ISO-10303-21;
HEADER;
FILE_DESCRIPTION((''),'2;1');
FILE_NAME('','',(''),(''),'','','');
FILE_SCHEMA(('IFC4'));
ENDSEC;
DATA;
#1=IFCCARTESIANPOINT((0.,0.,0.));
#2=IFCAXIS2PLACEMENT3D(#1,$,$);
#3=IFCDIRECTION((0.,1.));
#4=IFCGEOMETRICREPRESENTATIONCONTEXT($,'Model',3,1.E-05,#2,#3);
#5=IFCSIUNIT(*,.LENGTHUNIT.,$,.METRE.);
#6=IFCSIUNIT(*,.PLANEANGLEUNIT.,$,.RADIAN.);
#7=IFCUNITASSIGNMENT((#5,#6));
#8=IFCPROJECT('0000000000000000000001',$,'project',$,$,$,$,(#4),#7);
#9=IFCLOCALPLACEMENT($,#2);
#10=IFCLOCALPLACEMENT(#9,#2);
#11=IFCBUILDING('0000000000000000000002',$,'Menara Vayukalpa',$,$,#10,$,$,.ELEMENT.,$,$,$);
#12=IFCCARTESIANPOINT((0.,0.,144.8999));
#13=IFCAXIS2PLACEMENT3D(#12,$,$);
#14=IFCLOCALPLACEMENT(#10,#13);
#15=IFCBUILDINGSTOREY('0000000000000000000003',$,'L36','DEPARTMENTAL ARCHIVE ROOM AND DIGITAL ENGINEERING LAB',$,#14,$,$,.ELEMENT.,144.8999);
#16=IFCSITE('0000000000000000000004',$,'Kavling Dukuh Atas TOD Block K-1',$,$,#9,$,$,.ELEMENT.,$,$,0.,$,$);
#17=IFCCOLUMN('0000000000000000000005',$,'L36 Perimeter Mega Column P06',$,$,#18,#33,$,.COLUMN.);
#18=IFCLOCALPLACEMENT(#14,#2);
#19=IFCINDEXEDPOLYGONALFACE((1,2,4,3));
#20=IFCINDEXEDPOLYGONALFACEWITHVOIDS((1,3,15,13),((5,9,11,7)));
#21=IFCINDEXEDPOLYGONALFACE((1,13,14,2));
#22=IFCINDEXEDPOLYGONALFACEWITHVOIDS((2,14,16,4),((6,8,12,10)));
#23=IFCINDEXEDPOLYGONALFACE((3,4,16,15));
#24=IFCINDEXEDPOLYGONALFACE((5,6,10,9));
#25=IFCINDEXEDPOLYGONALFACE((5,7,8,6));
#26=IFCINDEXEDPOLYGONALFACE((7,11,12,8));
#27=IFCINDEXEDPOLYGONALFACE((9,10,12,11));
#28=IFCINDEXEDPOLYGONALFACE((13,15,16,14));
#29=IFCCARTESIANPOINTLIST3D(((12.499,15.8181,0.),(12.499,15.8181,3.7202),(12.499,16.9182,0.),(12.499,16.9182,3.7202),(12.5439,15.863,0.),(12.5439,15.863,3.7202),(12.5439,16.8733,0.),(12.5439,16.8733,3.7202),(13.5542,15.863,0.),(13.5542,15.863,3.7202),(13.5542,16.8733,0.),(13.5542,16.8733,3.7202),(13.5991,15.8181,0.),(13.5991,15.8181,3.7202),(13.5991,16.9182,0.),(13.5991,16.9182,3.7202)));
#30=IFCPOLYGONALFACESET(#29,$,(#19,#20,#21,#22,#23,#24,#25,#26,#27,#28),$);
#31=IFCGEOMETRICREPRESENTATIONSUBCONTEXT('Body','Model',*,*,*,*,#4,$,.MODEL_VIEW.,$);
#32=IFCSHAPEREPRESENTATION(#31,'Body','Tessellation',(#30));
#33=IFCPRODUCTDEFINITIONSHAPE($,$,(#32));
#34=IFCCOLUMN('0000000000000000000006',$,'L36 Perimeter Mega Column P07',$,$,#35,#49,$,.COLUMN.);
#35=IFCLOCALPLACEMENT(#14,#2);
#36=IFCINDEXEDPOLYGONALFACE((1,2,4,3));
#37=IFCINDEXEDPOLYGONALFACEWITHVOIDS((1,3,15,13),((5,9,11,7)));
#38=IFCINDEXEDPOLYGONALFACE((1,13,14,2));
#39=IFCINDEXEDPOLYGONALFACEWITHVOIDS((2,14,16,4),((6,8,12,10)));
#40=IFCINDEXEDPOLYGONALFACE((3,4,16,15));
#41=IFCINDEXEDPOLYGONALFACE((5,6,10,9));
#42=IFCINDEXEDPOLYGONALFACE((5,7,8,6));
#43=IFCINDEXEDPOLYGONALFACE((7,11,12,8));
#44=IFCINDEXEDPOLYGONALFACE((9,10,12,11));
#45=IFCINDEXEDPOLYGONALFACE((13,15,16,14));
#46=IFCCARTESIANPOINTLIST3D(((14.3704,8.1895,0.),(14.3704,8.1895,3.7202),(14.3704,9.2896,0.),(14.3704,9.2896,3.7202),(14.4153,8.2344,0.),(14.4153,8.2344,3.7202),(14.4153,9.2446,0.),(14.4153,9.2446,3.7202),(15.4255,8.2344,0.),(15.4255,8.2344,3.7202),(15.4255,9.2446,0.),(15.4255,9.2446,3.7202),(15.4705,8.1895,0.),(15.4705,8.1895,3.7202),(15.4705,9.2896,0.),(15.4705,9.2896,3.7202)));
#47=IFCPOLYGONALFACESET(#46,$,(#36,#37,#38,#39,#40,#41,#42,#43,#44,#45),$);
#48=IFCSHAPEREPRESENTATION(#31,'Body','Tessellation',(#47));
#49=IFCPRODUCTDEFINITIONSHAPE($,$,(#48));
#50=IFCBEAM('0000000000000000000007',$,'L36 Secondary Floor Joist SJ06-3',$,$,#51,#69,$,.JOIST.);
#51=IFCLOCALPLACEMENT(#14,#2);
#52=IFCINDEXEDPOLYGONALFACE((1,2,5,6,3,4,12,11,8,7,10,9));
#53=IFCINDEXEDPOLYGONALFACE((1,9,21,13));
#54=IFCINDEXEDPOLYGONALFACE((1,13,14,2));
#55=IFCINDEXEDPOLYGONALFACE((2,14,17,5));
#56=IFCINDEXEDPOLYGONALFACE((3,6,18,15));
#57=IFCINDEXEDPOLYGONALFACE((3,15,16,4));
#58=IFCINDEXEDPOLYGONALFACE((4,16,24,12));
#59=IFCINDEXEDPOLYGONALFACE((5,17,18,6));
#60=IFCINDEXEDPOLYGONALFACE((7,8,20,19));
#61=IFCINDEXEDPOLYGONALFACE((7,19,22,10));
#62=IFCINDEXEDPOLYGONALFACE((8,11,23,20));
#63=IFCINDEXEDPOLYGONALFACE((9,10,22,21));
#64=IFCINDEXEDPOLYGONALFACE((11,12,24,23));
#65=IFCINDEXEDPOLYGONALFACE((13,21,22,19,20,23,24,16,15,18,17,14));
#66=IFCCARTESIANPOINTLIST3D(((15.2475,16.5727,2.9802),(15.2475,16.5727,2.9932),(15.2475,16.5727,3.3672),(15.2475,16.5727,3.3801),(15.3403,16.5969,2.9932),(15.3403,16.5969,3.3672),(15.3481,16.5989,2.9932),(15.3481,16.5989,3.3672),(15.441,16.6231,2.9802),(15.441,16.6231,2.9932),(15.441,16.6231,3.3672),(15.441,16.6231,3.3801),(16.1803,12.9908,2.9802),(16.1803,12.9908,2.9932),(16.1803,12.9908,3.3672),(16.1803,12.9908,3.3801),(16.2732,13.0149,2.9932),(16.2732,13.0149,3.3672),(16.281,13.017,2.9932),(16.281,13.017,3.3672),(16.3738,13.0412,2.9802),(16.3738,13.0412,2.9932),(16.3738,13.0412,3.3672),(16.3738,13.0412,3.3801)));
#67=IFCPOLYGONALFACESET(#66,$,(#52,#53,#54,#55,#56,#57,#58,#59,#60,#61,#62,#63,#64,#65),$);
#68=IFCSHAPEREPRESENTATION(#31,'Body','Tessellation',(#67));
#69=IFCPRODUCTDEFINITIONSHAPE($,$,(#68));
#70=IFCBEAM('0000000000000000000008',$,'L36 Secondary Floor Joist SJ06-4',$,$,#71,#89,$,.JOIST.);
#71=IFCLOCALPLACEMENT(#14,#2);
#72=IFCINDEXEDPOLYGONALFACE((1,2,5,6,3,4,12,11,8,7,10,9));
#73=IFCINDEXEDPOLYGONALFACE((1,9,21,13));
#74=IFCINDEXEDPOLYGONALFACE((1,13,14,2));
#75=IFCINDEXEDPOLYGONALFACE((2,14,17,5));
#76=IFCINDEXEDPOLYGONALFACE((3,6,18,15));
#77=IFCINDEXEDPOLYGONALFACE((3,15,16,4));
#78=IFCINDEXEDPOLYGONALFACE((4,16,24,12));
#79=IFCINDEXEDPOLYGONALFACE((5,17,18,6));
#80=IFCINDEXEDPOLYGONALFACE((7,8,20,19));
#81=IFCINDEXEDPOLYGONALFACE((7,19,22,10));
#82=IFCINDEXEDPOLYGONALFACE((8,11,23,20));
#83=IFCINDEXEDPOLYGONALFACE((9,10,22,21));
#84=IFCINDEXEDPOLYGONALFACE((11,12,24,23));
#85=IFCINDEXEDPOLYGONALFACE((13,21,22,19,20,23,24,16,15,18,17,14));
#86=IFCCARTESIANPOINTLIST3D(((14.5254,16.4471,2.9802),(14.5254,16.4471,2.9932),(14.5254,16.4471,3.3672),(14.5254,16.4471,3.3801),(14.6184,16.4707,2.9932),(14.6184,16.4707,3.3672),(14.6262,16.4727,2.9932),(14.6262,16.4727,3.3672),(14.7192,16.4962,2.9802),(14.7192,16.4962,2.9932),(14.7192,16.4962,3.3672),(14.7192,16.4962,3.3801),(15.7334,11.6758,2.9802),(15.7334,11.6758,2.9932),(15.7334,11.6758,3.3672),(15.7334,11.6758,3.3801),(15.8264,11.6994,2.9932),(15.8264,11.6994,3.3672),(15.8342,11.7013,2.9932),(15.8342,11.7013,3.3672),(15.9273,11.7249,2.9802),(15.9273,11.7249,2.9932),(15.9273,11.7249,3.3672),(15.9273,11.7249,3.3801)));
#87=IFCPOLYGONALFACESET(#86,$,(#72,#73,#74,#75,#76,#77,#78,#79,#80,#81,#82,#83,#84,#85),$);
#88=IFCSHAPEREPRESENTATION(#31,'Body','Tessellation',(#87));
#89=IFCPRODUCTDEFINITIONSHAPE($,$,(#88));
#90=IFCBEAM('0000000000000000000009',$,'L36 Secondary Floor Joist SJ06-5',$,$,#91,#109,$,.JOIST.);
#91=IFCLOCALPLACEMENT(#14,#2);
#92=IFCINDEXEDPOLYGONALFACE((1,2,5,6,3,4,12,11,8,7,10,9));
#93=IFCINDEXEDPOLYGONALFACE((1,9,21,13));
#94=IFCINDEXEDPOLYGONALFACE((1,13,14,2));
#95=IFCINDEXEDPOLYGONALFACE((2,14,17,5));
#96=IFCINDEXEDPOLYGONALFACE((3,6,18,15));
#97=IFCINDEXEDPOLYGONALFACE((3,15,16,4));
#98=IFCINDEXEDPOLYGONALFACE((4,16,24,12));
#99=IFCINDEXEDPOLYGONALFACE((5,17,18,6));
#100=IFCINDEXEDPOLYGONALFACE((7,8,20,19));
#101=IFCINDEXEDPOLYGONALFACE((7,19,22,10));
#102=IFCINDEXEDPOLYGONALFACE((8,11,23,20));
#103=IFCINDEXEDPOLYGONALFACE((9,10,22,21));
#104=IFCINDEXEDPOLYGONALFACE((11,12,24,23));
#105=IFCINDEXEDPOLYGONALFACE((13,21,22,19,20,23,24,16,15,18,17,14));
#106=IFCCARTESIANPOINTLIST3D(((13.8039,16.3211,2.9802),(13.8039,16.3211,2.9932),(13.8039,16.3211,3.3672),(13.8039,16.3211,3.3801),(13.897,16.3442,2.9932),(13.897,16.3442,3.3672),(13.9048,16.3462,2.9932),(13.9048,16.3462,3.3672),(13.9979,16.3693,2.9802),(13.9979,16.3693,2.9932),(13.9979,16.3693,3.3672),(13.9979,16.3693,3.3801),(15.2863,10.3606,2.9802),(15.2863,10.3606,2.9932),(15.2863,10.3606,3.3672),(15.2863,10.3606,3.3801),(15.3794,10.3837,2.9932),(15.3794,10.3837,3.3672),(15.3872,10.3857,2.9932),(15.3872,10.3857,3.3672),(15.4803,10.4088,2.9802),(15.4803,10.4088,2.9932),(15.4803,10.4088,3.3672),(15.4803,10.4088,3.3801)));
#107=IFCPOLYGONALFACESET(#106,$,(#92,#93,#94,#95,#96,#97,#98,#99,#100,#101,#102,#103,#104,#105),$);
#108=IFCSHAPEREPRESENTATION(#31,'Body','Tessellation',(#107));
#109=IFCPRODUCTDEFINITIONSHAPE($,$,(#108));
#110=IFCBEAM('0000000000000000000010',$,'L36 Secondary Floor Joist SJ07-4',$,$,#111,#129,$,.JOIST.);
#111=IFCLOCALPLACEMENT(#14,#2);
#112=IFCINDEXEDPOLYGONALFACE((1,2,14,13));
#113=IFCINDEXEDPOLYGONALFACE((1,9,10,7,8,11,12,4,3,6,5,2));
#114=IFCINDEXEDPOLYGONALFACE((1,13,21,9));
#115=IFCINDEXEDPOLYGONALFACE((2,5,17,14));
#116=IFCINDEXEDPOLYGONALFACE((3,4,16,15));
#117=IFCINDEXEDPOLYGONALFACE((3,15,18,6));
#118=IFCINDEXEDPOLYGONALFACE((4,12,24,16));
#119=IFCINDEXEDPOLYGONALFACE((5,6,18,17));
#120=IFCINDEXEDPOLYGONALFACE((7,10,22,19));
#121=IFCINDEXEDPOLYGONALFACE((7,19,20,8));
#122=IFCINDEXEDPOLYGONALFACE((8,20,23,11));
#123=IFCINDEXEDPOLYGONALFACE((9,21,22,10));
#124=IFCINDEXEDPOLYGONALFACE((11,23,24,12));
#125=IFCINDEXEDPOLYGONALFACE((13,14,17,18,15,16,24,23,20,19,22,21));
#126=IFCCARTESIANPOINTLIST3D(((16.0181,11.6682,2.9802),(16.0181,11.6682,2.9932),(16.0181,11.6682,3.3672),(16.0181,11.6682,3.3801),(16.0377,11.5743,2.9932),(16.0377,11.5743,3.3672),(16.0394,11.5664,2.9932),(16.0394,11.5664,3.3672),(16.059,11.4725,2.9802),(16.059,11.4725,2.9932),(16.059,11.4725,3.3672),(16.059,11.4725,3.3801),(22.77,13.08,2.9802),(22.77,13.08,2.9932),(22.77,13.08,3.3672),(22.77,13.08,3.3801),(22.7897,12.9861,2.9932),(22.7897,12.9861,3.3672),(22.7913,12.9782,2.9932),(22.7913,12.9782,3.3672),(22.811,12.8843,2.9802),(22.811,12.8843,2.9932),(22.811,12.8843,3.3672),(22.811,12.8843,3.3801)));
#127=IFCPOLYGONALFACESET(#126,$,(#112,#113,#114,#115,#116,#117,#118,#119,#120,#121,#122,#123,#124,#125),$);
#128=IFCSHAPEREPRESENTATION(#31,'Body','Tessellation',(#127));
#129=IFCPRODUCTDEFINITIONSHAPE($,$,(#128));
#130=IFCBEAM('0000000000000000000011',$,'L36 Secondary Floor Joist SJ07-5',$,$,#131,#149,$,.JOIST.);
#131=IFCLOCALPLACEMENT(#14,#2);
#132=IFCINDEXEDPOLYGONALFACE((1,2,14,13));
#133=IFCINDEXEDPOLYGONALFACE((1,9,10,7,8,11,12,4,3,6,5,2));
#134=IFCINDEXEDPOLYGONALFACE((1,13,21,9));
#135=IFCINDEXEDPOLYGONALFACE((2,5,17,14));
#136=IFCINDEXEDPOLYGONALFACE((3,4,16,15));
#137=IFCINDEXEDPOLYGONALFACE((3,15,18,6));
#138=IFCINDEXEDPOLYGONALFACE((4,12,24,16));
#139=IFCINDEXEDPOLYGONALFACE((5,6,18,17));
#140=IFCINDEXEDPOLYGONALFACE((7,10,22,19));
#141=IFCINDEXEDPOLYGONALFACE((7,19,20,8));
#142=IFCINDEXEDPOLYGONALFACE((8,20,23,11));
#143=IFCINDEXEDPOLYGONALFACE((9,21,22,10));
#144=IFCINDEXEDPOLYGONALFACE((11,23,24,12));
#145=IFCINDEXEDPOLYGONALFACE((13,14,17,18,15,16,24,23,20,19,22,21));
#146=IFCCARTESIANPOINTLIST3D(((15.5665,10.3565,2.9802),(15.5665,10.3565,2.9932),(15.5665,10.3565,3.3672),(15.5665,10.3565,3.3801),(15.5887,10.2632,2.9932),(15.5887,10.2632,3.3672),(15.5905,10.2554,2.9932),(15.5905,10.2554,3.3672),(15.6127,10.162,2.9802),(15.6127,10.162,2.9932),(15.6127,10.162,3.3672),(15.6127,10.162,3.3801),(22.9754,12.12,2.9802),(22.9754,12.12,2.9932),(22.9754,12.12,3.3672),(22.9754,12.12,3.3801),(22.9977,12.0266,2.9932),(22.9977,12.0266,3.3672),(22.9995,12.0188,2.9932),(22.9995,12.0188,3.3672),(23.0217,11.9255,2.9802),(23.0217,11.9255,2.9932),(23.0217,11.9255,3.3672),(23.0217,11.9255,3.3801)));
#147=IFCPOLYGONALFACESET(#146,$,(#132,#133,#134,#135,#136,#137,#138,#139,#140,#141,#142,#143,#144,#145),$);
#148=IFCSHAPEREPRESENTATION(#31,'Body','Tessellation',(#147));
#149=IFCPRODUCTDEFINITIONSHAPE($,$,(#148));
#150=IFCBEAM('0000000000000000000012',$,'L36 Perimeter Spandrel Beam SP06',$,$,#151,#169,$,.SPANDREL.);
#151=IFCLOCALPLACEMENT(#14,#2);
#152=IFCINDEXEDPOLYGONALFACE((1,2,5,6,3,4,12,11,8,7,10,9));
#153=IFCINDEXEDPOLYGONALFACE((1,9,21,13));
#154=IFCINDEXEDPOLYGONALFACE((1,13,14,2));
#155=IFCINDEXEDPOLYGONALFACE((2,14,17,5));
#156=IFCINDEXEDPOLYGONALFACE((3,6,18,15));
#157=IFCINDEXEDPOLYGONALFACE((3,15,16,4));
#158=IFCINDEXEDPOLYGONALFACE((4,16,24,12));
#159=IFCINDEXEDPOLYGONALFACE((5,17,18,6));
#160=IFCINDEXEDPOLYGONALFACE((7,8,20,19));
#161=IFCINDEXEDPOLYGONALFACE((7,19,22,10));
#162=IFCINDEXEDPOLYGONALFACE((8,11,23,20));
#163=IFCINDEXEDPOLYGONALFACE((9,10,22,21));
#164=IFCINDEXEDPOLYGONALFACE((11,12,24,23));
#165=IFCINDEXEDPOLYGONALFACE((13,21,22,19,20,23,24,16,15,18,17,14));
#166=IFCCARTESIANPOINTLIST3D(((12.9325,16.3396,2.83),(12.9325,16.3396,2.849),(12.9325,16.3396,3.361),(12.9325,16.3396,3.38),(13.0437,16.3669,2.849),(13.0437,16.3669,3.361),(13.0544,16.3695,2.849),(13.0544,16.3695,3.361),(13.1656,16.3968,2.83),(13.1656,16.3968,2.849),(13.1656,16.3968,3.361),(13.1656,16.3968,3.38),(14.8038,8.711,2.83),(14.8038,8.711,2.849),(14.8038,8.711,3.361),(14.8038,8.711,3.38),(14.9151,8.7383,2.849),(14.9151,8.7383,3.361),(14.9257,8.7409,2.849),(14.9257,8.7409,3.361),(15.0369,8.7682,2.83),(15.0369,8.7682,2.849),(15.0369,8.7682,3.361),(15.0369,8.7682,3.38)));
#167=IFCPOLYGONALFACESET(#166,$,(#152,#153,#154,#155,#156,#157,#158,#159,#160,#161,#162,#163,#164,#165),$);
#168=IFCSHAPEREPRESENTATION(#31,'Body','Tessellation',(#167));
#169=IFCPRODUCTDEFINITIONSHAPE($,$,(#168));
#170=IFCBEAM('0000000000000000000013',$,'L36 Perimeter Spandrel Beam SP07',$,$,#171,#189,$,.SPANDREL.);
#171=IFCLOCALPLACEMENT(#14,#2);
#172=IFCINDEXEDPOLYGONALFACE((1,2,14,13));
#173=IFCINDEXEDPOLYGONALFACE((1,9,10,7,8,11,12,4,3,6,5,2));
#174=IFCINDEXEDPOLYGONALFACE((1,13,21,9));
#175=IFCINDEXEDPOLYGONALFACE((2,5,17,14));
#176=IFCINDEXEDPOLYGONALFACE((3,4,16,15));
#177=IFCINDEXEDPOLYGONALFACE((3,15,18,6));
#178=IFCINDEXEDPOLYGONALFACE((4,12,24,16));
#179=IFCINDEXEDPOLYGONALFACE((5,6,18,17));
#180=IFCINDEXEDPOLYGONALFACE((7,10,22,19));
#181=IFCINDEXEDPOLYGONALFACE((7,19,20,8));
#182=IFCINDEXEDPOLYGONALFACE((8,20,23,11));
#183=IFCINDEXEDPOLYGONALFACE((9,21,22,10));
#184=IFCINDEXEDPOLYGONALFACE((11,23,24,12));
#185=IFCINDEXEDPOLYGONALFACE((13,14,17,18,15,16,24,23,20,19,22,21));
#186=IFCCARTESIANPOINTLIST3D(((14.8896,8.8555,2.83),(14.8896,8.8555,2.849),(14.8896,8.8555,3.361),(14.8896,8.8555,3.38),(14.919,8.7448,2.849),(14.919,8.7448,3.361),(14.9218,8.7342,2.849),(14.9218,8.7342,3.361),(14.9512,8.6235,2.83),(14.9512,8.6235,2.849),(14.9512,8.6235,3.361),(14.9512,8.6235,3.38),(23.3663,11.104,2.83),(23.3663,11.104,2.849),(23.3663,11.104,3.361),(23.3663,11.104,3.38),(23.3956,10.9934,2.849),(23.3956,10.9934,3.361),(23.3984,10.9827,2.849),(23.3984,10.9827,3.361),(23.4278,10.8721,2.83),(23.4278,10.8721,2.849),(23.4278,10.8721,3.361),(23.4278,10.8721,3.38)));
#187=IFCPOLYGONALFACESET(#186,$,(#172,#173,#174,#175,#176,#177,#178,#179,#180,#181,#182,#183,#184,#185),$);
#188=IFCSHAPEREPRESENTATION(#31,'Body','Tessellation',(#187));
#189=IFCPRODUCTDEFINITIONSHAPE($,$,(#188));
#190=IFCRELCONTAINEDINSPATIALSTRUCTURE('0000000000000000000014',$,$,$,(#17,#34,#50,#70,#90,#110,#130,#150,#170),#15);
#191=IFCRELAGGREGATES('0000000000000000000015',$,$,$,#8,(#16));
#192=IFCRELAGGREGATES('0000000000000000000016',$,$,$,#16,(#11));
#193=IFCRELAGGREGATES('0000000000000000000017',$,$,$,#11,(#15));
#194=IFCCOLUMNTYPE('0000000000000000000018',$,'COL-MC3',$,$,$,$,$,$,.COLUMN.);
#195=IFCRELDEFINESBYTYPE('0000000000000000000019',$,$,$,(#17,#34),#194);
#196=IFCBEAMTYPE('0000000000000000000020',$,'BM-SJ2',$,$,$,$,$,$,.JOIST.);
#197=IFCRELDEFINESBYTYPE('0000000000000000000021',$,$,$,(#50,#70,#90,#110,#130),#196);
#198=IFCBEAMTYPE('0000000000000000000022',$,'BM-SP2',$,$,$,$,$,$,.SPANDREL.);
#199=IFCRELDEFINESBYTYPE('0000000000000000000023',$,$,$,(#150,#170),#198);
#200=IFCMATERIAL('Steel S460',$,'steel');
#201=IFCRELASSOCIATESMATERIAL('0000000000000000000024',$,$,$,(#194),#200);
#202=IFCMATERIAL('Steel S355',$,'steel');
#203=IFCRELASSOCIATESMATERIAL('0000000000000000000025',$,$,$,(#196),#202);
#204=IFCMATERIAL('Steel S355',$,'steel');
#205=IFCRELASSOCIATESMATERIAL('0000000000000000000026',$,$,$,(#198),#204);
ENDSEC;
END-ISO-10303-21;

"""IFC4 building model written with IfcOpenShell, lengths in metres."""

from ifc_helpers import new_model, si_unit, direction, frame, origin, origin_2d, place, context, subcontext, project, spatial, hollow_rectangle, i_section, extrude, material, material_profile, profile_set, type_object, element, save


model = new_model("IFC4")

# Units and contexts
model_context = context("Model", 3, precision=1e-05, world=origin(), true_north=direction((0.0, 1.0)))
body_context = subcontext(model_context, "Body", "Model", "MODEL_VIEW")
ifc_project = project(units=[si_unit("LENGTHUNIT", "METRE"), si_unit("PLANEANGLEUNIT", "RADIAN")], contexts=[model_context])

# Site, building, storey
site_placement = place(None, origin())
site = spatial("IfcSite", under=ifc_project, at=site_placement, Name="Kavling Dukuh Atas TOD Block K-1", CompositionType="ELEMENT", RefElevation=0.0)
building_placement = place(site_placement, origin())
building = spatial("IfcBuilding", under=site, at=building_placement, Name="Menara Vayukalpa", CompositionType="ELEMENT")
storey_placement = place(building_placement, frame((0.0, 0.0, 144.8999)))
storey = spatial("IfcBuildingStorey", under=building, at=storey_placement, Name="L36", Description="DEPARTMENTAL ARCHIVE ROOM AND DIGITAL ENGINEERING LAB", CompositionType="ELEMENT", Elevation=144.8999)

# Columns
ifc_material_1 = material(Name="Steel S460", Category="steel")
ifc_material_profile_1 = material_profile(ifc_material_1, hollow_rectangle(XDim=1.1001, YDim=1.1001, WallThickness=0.0449, at=origin_2d()), Name="BOX 1100x1100x45")
ifc_profile_set_1 = profile_set([ifc_material_profile_1], Name="Steel S460")
column_type = type_object("IfcColumnType", Name="COL-MC3", PredefinedType="COLUMN", material=ifc_profile_set_1)
for number, where, z_axis, x_axis, name in (
    (1, (13.0491, 16.3682, 0.0), (0.0, 0.0, 1.0), (1.0, 0.0, 0.0), "L36 Perimeter Mega Column P06"),
    (2, (14.9204, 8.7395, 0.0), (0.0, 0.0, 1.0), (1.0, 0.0, 0.0), "L36 Perimeter Mega Column P07"),
):
    element("IfcColumn", number, at=place(storey_placement, frame(where, z_axis=z_axis, x_axis=x_axis)), inside=storey, type_object=column_type, Name=name, PredefinedType="COLUMN", context=body_context, shape_type="SweptSolid", body=[
        extrude(hollow_rectangle(XDim=1.1001, YDim=1.1001, WallThickness=0.0449, at=origin_2d()), origin(), (0.0, 0.0, 1.0), 3.7202),
    ])

# Beams
ifc_material_2 = material(Name="Steel S355", Category="steel")
ifc_material_profile_2 = material_profile(ifc_material_2, i_section(OverallWidth=0.2, OverallDepth=0.3999, WebThickness=0.0081, FlangeThickness=0.0129, at=origin_2d()), Name="WF 400x200x8x13")
ifc_profile_set_2 = profile_set([ifc_material_profile_2], Name="Steel S355")
beam_type_1 = type_object("IfcBeamType", Name="BM-SJ2", PredefinedType="JOIST", material=ifc_profile_set_2)
beam_1_placement = place(storey_placement, frame((15.3442, 16.5979, 3.1802), z_axis=(0.252022, -0.967722, 0.0), x_axis=(0.967722, 0.252022, 0.0)))
element("IfcBeam", 3, at=beam_1_placement, inside=storey, type_object=beam_type_1, Name="L36 Secondary Floor Joist SJ06-3", PredefinedType="JOIST", context=body_context, shape_type="SweptSolid", body=[
    extrude(i_section(OverallWidth=0.2, OverallDepth=0.3999, WebThickness=0.0081, FlangeThickness=0.0129, at=origin_2d()), origin(), (0.0, 0.0, 1.0), 3.7014),
])
beam_2_placement = place(storey_placement, frame((14.6223, 16.4717, 3.1802), z_axis=(0.245441, -0.969412, 0.0), x_axis=(0.969412, 0.245441, 0.0)))
element("IfcBeam", 4, at=beam_2_placement, inside=storey, type_object=beam_type_1, Name="L36 Secondary Floor Joist SJ06-4", PredefinedType="JOIST", context=body_context, shape_type="SweptSolid", body=[
    extrude(i_section(OverallWidth=0.2, OverallDepth=0.3999, WebThickness=0.0081, FlangeThickness=0.0129, at=origin_2d()), origin(), (0.0, 0.0, 1.0), 4.9219),
])
beam_3_placement = place(storey_placement, frame((13.9009, 16.3452, 3.1802), z_axis=(0.241357, -0.970436, 0.0), x_axis=(0.970436, 0.241357, 0.0)))
element("IfcBeam", 5, at=beam_3_placement, inside=storey, type_object=beam_type_1, Name="L36 Secondary Floor Joist SJ06-5", PredefinedType="JOIST", context=body_context, shape_type="SweptSolid", body=[
    extrude(i_section(OverallWidth=0.2, OverallDepth=0.3999, WebThickness=0.0081, FlangeThickness=0.0129, at=origin_2d()), origin(), (0.0, 0.0, 1.0), 6.1421),
])
beam_4_placement = place(storey_placement, frame((16.0386, 11.5703, 3.1802), z_axis=(0.978829, 0.204678, 0.0), x_axis=(-0.204678, 0.978829, 0.0)))
element("IfcBeam", 6, at=beam_4_placement, inside=storey, type_object=beam_type_1, Name="L36 Secondary Floor Joist SJ07-4", PredefinedType="JOIST", context=body_context, shape_type="SweptSolid", body=[
    extrude(i_section(OverallWidth=0.2, OverallDepth=0.3999, WebThickness=0.0081, FlangeThickness=0.0129, at=origin_2d()), origin(), (0.0, 0.0, 1.0), 6.8979),
])
beam_5_placement = place(storey_placement, frame((15.5896, 10.2593, 3.1802), z_axis=(0.972824, 0.231545, 0.0), x_axis=(-0.231545, 0.972824, 0.0)))
element("IfcBeam", 7, at=beam_5_placement, inside=storey, type_object=beam_type_1, Name="L36 Secondary Floor Joist SJ07-5", PredefinedType="JOIST", context=body_context, shape_type="SweptSolid", body=[
    extrude(i_section(OverallWidth=0.2, OverallDepth=0.3999, WebThickness=0.0081, FlangeThickness=0.0129, at=origin_2d()), origin(), (0.0, 0.0, 1.0), 7.616),
])
ifc_material_3 = material(Name="Steel S355", Category="steel")
ifc_material_profile_3 = material_profile(ifc_material_3, i_section(OverallWidth=0.24, OverallDepth=0.55, WebThickness=0.011, FlangeThickness=0.019, at=origin_2d()), Name="WF 550x240x11x19")
ifc_profile_set_3 = profile_set([ifc_material_profile_3], Name="Steel S355")
beam_type_2 = type_object("IfcBeamType", Name="BM-SP2", PredefinedType="SPANDREL", material=ifc_profile_set_3)
beam_6_placement = place(storey_placement, frame((13.0491, 16.3682, 3.105), z_axis=(0.23824, -0.971206, 0.0), x_axis=(0.971206, 0.23824, 0.0)))
element("IfcBeam", 8, at=beam_6_placement, inside=storey, type_object=beam_type_2, Name="L36 Perimeter Spandrel Beam SP06", PredefinedType="SPANDREL", context=body_context, shape_type="SweptSolid", body=[
    extrude(i_section(OverallWidth=0.24, OverallDepth=0.55, WebThickness=0.011, FlangeThickness=0.019, at=origin_2d()), origin(), (0.0, 0.0, 1.0), 7.8547),
])
beam_7_placement = place(storey_placement, frame((14.9204, 8.7395, 3.105), z_axis=(0.966571, 0.256398, 0.0), x_axis=(-0.256398, 0.966571, 0.0)))
element("IfcBeam", 9, at=beam_7_placement, inside=storey, type_object=beam_type_2, Name="L36 Perimeter Spandrel Beam SP07", PredefinedType="SPANDREL", context=body_context, shape_type="SweptSolid", body=[
    extrude(i_section(OverallWidth=0.24, OverallDepth=0.55, WebThickness=0.011, FlangeThickness=0.019, at=origin_2d()), origin(), (0.0, 0.0, 1.0), 8.7698),
])

save(model, "model.ifc")
